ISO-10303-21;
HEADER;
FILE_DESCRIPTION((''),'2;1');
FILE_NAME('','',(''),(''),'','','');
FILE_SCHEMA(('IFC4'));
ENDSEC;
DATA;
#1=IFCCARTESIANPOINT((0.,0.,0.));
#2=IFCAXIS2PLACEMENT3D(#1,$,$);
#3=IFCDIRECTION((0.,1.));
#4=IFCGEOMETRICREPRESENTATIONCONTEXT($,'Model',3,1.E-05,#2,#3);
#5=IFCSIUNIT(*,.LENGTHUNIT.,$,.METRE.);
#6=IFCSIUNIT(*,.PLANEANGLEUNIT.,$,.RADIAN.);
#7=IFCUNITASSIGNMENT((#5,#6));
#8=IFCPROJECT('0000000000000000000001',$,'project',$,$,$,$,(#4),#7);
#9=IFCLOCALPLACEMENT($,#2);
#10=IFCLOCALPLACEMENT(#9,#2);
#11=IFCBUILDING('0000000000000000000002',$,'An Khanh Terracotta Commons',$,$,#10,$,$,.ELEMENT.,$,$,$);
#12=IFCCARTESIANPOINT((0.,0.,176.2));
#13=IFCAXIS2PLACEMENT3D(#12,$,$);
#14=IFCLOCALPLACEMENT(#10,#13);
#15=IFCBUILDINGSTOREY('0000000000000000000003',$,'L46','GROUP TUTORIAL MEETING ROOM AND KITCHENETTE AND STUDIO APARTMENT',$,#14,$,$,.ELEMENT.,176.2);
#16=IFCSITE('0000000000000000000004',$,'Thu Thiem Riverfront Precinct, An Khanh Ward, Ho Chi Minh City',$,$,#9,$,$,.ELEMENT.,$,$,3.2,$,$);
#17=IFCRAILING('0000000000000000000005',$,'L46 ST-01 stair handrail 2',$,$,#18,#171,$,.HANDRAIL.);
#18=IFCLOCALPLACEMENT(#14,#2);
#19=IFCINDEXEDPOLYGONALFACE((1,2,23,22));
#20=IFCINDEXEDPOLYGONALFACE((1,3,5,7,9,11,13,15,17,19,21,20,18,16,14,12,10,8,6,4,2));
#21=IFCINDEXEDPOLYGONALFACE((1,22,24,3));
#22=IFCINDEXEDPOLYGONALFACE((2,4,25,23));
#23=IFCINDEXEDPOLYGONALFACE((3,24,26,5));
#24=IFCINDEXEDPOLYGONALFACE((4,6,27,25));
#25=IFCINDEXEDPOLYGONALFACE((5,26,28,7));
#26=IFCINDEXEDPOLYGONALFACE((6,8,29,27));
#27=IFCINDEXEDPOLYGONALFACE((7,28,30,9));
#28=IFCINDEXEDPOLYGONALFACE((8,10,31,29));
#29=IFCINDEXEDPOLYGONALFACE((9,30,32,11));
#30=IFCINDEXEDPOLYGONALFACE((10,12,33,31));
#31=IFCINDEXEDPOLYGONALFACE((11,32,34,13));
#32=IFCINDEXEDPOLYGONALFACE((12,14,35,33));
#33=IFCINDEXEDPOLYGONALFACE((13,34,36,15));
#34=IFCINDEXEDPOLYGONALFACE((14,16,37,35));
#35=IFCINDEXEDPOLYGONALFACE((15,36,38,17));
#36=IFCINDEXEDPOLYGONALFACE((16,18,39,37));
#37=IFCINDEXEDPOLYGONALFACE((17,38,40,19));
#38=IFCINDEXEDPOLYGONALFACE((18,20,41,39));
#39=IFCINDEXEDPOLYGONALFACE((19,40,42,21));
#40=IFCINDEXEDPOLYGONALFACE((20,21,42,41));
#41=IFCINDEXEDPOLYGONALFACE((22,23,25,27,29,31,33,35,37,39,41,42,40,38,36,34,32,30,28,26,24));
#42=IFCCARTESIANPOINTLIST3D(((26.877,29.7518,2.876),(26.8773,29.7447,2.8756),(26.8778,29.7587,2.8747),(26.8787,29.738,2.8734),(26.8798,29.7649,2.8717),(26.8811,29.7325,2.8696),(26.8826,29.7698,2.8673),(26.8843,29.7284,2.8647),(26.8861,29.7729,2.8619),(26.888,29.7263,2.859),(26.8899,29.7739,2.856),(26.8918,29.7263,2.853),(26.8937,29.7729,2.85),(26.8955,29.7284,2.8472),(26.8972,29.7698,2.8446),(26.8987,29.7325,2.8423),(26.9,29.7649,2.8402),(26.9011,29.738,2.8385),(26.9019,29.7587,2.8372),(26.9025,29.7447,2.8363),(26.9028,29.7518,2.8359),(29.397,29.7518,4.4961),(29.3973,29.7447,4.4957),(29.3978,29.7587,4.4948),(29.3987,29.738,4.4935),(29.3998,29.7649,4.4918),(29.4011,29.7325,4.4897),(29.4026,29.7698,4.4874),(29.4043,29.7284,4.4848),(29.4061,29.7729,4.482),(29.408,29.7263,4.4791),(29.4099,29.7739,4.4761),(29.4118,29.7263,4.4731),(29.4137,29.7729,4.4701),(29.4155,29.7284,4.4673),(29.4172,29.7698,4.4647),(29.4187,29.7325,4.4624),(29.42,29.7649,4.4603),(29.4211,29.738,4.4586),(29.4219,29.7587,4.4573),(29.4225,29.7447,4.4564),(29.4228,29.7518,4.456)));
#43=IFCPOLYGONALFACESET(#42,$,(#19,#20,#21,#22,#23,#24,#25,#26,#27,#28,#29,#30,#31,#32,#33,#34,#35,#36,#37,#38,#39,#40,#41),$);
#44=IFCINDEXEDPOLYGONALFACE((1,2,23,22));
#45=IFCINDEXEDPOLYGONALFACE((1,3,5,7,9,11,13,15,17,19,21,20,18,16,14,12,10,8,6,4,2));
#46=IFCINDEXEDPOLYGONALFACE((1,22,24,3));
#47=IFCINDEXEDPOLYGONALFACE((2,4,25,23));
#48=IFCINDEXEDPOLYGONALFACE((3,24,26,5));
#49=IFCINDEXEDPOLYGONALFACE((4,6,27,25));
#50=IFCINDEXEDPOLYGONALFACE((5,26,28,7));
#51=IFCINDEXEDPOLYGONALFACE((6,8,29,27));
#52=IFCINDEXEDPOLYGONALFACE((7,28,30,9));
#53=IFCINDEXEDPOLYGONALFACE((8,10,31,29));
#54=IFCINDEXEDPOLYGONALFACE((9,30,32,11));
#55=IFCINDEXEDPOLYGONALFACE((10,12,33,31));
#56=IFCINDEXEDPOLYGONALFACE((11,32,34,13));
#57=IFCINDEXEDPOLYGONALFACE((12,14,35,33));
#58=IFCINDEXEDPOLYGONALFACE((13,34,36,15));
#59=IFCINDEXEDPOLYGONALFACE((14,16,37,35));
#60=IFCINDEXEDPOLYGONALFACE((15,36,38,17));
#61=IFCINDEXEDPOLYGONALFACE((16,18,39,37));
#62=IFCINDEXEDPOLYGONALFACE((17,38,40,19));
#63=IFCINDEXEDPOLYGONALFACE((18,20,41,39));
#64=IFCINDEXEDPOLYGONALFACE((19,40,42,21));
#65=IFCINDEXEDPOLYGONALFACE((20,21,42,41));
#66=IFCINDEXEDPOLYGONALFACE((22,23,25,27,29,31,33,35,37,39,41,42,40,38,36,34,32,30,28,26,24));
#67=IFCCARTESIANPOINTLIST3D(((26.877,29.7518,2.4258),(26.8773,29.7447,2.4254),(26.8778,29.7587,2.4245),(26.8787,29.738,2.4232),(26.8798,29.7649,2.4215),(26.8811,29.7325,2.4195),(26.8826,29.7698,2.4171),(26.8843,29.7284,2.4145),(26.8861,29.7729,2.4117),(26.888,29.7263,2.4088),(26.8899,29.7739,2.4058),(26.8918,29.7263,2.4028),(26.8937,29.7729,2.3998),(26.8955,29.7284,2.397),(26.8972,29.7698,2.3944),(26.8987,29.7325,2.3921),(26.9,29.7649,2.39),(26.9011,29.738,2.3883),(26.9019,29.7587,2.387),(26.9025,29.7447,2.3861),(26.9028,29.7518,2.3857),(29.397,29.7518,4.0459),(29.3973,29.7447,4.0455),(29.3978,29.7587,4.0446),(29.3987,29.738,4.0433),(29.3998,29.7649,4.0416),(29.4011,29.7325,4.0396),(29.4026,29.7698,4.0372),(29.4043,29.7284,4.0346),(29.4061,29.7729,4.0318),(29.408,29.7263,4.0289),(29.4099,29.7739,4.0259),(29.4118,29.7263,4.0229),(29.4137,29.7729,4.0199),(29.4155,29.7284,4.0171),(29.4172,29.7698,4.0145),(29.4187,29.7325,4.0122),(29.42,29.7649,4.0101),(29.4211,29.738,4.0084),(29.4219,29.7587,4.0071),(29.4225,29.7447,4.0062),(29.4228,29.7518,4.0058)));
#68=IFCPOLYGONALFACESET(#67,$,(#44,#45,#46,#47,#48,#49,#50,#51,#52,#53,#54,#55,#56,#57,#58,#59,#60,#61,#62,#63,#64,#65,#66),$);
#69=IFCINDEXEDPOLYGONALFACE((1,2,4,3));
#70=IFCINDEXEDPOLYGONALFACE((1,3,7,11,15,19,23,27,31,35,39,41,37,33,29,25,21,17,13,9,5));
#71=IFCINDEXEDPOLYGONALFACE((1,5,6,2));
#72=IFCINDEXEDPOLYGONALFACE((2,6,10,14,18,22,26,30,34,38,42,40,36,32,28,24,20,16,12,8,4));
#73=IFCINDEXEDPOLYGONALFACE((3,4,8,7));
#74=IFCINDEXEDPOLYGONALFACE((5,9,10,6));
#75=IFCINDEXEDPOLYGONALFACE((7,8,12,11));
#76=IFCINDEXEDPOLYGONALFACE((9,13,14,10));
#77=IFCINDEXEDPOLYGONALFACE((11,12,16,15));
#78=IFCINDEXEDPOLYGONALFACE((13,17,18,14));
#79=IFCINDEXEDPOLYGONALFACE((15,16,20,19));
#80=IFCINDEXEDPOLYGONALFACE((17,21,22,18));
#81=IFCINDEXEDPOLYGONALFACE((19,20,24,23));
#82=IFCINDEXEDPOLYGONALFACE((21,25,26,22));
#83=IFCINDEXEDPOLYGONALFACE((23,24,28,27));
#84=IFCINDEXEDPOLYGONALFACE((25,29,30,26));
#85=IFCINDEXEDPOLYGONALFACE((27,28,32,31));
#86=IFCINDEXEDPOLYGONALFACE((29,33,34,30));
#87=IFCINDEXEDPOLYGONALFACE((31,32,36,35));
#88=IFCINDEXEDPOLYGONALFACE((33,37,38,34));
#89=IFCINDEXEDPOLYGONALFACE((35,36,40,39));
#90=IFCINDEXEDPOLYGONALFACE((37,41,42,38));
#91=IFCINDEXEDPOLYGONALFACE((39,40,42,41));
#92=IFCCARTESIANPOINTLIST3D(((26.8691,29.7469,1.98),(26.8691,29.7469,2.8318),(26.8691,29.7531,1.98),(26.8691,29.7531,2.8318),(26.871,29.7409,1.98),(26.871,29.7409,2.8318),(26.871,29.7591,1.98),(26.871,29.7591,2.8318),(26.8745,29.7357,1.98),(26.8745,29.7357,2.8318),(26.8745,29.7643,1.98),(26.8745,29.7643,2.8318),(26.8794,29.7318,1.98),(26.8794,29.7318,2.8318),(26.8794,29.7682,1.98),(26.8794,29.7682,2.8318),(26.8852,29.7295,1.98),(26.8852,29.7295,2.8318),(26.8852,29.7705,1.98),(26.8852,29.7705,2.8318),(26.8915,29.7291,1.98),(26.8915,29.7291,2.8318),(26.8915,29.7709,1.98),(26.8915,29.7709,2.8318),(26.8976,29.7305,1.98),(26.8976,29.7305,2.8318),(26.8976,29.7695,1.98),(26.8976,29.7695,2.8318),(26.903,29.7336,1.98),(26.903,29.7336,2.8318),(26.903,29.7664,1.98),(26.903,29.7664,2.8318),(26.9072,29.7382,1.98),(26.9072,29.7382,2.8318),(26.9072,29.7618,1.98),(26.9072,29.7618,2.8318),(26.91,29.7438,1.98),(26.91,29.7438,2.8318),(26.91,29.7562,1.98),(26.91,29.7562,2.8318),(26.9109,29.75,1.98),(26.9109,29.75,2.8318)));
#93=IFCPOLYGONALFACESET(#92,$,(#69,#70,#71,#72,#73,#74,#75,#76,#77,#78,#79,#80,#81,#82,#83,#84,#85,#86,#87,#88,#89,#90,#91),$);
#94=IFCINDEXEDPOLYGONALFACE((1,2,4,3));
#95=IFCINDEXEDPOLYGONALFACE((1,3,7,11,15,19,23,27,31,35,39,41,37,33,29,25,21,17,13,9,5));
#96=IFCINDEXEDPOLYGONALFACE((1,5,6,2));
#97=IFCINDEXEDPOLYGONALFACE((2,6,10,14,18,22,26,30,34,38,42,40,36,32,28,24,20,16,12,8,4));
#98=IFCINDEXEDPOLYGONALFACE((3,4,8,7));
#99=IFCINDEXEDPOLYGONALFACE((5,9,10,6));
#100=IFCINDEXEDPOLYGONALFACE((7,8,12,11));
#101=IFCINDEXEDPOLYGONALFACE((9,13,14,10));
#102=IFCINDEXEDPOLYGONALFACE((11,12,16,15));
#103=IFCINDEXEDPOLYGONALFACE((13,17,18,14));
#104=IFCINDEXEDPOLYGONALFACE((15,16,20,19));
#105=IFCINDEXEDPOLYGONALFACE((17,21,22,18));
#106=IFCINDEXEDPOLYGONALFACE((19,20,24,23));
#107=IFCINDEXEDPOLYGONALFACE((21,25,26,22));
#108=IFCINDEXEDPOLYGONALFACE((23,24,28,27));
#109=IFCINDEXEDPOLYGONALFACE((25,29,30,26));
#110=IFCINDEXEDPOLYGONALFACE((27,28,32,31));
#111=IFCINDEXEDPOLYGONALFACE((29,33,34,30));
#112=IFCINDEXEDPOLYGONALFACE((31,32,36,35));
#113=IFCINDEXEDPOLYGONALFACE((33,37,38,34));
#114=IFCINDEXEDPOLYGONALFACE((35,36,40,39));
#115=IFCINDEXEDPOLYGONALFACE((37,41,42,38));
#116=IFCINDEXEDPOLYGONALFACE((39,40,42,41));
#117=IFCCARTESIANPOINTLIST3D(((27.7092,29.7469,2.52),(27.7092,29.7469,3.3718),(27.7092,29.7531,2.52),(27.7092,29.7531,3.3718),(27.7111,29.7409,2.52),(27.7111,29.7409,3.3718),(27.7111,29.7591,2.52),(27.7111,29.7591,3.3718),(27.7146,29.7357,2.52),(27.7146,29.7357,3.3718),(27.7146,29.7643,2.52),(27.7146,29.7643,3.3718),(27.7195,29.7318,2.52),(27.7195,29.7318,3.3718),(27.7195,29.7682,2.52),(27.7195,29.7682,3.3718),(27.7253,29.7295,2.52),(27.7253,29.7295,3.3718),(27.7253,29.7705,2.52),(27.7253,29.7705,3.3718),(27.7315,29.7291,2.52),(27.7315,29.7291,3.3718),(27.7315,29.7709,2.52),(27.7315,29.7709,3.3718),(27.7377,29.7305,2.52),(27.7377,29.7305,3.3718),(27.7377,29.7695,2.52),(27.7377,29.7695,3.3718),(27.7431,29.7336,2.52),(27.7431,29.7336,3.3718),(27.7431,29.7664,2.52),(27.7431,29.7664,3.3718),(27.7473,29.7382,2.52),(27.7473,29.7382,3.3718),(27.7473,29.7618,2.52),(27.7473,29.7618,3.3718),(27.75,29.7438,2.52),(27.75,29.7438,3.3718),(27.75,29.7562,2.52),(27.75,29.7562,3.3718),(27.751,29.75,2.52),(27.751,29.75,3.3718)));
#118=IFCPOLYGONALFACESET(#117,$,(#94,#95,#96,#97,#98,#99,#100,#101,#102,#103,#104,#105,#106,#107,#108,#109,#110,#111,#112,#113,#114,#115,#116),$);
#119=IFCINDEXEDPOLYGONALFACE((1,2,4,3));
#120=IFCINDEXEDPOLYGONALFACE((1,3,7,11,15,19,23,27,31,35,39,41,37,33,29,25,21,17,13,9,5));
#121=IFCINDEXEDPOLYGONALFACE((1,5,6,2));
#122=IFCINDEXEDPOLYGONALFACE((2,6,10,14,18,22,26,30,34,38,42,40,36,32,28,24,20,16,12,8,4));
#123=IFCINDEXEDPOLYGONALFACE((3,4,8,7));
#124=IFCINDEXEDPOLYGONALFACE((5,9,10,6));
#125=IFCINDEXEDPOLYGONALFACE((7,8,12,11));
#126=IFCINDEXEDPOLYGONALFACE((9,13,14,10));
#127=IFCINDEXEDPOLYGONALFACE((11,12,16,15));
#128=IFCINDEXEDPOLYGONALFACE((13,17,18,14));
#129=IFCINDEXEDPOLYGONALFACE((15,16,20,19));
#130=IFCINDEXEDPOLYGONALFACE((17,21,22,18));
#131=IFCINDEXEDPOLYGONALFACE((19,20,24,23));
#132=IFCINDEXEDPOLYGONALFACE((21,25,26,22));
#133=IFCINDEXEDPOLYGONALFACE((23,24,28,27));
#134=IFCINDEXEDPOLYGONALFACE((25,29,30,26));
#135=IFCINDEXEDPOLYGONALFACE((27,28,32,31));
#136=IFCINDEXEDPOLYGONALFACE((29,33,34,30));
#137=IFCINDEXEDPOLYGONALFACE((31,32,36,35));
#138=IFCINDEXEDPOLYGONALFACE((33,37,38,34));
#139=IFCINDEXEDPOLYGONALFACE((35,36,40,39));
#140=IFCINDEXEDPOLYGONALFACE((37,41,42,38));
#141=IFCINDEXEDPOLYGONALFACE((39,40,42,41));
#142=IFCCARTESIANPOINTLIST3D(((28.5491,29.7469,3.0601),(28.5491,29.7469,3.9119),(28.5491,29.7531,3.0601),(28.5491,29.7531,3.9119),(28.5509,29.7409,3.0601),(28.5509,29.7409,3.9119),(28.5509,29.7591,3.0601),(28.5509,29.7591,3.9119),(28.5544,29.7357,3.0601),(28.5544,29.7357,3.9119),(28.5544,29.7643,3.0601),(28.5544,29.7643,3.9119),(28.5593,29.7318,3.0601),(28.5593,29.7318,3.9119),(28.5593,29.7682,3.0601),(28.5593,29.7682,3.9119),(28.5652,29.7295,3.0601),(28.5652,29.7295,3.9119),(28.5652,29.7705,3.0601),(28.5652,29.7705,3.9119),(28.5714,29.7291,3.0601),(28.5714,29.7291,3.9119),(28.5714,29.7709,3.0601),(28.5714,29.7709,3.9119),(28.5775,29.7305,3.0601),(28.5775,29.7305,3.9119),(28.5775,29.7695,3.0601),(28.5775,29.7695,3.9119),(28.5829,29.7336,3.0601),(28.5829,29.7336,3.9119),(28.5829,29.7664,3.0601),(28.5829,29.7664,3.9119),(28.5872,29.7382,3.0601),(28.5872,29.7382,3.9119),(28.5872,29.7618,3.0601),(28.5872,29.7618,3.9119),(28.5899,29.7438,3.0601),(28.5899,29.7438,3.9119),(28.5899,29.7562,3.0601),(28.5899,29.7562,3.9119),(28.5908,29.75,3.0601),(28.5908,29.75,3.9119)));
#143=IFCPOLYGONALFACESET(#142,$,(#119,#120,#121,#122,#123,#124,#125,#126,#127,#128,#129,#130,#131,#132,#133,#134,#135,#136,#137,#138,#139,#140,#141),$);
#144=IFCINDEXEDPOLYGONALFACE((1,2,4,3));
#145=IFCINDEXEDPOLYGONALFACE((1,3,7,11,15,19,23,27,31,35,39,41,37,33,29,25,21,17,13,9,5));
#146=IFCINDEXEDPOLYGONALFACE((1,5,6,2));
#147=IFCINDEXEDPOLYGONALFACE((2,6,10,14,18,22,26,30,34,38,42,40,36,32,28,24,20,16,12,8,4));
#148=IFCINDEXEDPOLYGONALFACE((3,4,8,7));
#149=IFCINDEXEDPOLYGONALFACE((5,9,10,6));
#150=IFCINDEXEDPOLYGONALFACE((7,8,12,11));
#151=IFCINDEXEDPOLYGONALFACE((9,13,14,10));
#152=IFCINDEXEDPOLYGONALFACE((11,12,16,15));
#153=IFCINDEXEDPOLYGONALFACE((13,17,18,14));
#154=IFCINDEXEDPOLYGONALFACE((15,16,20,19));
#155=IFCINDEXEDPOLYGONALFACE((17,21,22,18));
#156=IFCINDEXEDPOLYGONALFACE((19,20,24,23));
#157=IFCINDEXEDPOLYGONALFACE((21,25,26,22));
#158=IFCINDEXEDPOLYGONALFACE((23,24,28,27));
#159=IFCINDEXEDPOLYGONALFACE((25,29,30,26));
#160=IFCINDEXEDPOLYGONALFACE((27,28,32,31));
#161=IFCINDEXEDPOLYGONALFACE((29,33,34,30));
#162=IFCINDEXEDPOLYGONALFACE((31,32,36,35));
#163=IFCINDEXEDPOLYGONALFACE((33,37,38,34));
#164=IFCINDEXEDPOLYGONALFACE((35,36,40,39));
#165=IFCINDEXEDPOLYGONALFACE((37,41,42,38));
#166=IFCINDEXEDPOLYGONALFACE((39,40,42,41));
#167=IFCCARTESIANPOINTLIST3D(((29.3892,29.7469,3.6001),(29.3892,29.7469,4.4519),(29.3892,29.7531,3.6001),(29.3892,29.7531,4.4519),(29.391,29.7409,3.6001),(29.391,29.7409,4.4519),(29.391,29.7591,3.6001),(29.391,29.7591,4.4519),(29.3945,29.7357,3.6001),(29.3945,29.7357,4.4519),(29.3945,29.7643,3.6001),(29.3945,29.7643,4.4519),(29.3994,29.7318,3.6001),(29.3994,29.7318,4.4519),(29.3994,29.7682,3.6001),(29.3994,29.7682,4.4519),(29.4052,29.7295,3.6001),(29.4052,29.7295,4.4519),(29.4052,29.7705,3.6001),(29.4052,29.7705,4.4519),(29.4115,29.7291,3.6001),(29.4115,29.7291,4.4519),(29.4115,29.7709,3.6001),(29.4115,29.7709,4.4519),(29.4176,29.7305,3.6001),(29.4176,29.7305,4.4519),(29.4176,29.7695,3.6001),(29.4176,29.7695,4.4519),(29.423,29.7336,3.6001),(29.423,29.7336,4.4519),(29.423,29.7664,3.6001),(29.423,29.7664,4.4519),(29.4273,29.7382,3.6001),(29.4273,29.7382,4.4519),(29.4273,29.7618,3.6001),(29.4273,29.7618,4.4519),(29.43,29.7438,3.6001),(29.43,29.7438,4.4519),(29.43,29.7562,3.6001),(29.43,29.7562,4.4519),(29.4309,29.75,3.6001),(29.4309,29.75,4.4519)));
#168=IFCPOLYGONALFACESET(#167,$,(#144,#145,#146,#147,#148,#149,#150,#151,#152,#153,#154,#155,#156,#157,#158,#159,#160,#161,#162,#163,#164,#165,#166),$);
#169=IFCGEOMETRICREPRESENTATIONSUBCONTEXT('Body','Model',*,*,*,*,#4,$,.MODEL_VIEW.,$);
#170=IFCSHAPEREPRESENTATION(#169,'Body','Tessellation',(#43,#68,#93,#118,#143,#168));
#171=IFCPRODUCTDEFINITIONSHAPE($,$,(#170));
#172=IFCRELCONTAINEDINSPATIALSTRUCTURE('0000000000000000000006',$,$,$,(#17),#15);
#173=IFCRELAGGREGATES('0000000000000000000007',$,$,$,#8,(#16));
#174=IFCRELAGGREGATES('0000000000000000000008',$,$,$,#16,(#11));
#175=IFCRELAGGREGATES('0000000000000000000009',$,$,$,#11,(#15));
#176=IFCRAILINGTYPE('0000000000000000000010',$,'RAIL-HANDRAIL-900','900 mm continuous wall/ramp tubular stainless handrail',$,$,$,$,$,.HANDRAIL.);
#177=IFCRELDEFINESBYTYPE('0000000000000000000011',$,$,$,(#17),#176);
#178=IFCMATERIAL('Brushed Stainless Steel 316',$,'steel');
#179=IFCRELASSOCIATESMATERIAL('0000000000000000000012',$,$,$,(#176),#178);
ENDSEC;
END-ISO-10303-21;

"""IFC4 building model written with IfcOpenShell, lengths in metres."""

from ifc_helpers import new_model, si_unit, direction, frame, origin, origin_2d, place, context, subcontext, project, spatial, circle, extrude, material, type_object, element, save


model = new_model("IFC4")

# Units and contexts
model_context = context("Model", 3, precision=1e-05, world=origin(), true_north=direction((0.0, 1.0)))
body_context = subcontext(model_context, "Body", "Model", "MODEL_VIEW")
ifc_project = project(units=[si_unit("LENGTHUNIT", "METRE"), si_unit("PLANEANGLEUNIT", "RADIAN")], contexts=[model_context])

# Site, building, storey
site_placement = place(None, origin())
site = spatial("IfcSite", under=ifc_project, at=site_placement, Name="Thu Thiem Riverfront Precinct, An Khanh Ward, Ho Chi Minh City", CompositionType="ELEMENT", RefElevation=3.2)
building_placement = place(site_placement, origin())
building = spatial("IfcBuilding", under=site, at=building_placement, Name="An Khanh Terracotta Commons", CompositionType="ELEMENT")
storey_placement = place(building_placement, frame((0.0, 0.0, 176.2)))
storey = spatial("IfcBuildingStorey", under=building, at=storey_placement, Name="L46", Description="GROUP TUTORIAL MEETING ROOM AND KITCHENETTE AND STUDIO APARTMENT", CompositionType="ELEMENT", Elevation=176.2)

# Railing
ifc_material_1 = material(Name="Brushed Stainless Steel 316", Category="steel")
railing_type_1 = type_object("IfcRailingType", Name="RAIL-HANDRAIL-900", Description="900 mm continuous wall/ramp tubular stainless handrail", PredefinedType="HANDRAIL", material=ifc_material_1)
railing_1_placement = place(storey_placement, frame((26.8899, 29.75, 1.98)))
element("IfcRailing", 1, at=railing_1_placement, inside=storey, type_object=railing_type_1, Name="L46 ST-01 stair handrail 2", PredefinedType="HANDRAIL", context=body_context, shape_type="SweptSolid", body=[
    extrude(circle(Radius=0.0239, at=origin_2d()), frame((0.0, 0.0, 0.876), z_axis=(0.841163, 0.0, 0.540782), x_axis=(0.0, 1.0, 0.0)), (0.0, 0.0, 1.0), 2.9958),
    extrude(circle(Radius=0.0239, at=origin_2d()), frame((0.0, 0.0, 0.4258), z_axis=(0.841163, 0.0, 0.540782), x_axis=(0.0, 1.0, 0.0)), (0.0, 0.0, 1.0), 2.9958),
    extrude(circle(Radius=0.021, at=origin_2d()), origin(), (0.0, 0.0, 1.0), 0.8518),
    extrude(circle(Radius=0.021, at=origin_2d()), frame((0.8401, 0.0, 0.54)), (0.0, 0.0, 1.0), 0.8518),
    extrude(circle(Radius=0.021, at=origin_2d()), frame((1.6799, 0.0, 1.0801)), (0.0, 0.0, 1.0), 0.8518),
    extrude(circle(Radius=0.021, at=origin_2d()), frame((2.52, 0.0, 1.6201)), (0.0, 0.0, 1.0), 0.8518),
])

save(model, "model.ifc")
